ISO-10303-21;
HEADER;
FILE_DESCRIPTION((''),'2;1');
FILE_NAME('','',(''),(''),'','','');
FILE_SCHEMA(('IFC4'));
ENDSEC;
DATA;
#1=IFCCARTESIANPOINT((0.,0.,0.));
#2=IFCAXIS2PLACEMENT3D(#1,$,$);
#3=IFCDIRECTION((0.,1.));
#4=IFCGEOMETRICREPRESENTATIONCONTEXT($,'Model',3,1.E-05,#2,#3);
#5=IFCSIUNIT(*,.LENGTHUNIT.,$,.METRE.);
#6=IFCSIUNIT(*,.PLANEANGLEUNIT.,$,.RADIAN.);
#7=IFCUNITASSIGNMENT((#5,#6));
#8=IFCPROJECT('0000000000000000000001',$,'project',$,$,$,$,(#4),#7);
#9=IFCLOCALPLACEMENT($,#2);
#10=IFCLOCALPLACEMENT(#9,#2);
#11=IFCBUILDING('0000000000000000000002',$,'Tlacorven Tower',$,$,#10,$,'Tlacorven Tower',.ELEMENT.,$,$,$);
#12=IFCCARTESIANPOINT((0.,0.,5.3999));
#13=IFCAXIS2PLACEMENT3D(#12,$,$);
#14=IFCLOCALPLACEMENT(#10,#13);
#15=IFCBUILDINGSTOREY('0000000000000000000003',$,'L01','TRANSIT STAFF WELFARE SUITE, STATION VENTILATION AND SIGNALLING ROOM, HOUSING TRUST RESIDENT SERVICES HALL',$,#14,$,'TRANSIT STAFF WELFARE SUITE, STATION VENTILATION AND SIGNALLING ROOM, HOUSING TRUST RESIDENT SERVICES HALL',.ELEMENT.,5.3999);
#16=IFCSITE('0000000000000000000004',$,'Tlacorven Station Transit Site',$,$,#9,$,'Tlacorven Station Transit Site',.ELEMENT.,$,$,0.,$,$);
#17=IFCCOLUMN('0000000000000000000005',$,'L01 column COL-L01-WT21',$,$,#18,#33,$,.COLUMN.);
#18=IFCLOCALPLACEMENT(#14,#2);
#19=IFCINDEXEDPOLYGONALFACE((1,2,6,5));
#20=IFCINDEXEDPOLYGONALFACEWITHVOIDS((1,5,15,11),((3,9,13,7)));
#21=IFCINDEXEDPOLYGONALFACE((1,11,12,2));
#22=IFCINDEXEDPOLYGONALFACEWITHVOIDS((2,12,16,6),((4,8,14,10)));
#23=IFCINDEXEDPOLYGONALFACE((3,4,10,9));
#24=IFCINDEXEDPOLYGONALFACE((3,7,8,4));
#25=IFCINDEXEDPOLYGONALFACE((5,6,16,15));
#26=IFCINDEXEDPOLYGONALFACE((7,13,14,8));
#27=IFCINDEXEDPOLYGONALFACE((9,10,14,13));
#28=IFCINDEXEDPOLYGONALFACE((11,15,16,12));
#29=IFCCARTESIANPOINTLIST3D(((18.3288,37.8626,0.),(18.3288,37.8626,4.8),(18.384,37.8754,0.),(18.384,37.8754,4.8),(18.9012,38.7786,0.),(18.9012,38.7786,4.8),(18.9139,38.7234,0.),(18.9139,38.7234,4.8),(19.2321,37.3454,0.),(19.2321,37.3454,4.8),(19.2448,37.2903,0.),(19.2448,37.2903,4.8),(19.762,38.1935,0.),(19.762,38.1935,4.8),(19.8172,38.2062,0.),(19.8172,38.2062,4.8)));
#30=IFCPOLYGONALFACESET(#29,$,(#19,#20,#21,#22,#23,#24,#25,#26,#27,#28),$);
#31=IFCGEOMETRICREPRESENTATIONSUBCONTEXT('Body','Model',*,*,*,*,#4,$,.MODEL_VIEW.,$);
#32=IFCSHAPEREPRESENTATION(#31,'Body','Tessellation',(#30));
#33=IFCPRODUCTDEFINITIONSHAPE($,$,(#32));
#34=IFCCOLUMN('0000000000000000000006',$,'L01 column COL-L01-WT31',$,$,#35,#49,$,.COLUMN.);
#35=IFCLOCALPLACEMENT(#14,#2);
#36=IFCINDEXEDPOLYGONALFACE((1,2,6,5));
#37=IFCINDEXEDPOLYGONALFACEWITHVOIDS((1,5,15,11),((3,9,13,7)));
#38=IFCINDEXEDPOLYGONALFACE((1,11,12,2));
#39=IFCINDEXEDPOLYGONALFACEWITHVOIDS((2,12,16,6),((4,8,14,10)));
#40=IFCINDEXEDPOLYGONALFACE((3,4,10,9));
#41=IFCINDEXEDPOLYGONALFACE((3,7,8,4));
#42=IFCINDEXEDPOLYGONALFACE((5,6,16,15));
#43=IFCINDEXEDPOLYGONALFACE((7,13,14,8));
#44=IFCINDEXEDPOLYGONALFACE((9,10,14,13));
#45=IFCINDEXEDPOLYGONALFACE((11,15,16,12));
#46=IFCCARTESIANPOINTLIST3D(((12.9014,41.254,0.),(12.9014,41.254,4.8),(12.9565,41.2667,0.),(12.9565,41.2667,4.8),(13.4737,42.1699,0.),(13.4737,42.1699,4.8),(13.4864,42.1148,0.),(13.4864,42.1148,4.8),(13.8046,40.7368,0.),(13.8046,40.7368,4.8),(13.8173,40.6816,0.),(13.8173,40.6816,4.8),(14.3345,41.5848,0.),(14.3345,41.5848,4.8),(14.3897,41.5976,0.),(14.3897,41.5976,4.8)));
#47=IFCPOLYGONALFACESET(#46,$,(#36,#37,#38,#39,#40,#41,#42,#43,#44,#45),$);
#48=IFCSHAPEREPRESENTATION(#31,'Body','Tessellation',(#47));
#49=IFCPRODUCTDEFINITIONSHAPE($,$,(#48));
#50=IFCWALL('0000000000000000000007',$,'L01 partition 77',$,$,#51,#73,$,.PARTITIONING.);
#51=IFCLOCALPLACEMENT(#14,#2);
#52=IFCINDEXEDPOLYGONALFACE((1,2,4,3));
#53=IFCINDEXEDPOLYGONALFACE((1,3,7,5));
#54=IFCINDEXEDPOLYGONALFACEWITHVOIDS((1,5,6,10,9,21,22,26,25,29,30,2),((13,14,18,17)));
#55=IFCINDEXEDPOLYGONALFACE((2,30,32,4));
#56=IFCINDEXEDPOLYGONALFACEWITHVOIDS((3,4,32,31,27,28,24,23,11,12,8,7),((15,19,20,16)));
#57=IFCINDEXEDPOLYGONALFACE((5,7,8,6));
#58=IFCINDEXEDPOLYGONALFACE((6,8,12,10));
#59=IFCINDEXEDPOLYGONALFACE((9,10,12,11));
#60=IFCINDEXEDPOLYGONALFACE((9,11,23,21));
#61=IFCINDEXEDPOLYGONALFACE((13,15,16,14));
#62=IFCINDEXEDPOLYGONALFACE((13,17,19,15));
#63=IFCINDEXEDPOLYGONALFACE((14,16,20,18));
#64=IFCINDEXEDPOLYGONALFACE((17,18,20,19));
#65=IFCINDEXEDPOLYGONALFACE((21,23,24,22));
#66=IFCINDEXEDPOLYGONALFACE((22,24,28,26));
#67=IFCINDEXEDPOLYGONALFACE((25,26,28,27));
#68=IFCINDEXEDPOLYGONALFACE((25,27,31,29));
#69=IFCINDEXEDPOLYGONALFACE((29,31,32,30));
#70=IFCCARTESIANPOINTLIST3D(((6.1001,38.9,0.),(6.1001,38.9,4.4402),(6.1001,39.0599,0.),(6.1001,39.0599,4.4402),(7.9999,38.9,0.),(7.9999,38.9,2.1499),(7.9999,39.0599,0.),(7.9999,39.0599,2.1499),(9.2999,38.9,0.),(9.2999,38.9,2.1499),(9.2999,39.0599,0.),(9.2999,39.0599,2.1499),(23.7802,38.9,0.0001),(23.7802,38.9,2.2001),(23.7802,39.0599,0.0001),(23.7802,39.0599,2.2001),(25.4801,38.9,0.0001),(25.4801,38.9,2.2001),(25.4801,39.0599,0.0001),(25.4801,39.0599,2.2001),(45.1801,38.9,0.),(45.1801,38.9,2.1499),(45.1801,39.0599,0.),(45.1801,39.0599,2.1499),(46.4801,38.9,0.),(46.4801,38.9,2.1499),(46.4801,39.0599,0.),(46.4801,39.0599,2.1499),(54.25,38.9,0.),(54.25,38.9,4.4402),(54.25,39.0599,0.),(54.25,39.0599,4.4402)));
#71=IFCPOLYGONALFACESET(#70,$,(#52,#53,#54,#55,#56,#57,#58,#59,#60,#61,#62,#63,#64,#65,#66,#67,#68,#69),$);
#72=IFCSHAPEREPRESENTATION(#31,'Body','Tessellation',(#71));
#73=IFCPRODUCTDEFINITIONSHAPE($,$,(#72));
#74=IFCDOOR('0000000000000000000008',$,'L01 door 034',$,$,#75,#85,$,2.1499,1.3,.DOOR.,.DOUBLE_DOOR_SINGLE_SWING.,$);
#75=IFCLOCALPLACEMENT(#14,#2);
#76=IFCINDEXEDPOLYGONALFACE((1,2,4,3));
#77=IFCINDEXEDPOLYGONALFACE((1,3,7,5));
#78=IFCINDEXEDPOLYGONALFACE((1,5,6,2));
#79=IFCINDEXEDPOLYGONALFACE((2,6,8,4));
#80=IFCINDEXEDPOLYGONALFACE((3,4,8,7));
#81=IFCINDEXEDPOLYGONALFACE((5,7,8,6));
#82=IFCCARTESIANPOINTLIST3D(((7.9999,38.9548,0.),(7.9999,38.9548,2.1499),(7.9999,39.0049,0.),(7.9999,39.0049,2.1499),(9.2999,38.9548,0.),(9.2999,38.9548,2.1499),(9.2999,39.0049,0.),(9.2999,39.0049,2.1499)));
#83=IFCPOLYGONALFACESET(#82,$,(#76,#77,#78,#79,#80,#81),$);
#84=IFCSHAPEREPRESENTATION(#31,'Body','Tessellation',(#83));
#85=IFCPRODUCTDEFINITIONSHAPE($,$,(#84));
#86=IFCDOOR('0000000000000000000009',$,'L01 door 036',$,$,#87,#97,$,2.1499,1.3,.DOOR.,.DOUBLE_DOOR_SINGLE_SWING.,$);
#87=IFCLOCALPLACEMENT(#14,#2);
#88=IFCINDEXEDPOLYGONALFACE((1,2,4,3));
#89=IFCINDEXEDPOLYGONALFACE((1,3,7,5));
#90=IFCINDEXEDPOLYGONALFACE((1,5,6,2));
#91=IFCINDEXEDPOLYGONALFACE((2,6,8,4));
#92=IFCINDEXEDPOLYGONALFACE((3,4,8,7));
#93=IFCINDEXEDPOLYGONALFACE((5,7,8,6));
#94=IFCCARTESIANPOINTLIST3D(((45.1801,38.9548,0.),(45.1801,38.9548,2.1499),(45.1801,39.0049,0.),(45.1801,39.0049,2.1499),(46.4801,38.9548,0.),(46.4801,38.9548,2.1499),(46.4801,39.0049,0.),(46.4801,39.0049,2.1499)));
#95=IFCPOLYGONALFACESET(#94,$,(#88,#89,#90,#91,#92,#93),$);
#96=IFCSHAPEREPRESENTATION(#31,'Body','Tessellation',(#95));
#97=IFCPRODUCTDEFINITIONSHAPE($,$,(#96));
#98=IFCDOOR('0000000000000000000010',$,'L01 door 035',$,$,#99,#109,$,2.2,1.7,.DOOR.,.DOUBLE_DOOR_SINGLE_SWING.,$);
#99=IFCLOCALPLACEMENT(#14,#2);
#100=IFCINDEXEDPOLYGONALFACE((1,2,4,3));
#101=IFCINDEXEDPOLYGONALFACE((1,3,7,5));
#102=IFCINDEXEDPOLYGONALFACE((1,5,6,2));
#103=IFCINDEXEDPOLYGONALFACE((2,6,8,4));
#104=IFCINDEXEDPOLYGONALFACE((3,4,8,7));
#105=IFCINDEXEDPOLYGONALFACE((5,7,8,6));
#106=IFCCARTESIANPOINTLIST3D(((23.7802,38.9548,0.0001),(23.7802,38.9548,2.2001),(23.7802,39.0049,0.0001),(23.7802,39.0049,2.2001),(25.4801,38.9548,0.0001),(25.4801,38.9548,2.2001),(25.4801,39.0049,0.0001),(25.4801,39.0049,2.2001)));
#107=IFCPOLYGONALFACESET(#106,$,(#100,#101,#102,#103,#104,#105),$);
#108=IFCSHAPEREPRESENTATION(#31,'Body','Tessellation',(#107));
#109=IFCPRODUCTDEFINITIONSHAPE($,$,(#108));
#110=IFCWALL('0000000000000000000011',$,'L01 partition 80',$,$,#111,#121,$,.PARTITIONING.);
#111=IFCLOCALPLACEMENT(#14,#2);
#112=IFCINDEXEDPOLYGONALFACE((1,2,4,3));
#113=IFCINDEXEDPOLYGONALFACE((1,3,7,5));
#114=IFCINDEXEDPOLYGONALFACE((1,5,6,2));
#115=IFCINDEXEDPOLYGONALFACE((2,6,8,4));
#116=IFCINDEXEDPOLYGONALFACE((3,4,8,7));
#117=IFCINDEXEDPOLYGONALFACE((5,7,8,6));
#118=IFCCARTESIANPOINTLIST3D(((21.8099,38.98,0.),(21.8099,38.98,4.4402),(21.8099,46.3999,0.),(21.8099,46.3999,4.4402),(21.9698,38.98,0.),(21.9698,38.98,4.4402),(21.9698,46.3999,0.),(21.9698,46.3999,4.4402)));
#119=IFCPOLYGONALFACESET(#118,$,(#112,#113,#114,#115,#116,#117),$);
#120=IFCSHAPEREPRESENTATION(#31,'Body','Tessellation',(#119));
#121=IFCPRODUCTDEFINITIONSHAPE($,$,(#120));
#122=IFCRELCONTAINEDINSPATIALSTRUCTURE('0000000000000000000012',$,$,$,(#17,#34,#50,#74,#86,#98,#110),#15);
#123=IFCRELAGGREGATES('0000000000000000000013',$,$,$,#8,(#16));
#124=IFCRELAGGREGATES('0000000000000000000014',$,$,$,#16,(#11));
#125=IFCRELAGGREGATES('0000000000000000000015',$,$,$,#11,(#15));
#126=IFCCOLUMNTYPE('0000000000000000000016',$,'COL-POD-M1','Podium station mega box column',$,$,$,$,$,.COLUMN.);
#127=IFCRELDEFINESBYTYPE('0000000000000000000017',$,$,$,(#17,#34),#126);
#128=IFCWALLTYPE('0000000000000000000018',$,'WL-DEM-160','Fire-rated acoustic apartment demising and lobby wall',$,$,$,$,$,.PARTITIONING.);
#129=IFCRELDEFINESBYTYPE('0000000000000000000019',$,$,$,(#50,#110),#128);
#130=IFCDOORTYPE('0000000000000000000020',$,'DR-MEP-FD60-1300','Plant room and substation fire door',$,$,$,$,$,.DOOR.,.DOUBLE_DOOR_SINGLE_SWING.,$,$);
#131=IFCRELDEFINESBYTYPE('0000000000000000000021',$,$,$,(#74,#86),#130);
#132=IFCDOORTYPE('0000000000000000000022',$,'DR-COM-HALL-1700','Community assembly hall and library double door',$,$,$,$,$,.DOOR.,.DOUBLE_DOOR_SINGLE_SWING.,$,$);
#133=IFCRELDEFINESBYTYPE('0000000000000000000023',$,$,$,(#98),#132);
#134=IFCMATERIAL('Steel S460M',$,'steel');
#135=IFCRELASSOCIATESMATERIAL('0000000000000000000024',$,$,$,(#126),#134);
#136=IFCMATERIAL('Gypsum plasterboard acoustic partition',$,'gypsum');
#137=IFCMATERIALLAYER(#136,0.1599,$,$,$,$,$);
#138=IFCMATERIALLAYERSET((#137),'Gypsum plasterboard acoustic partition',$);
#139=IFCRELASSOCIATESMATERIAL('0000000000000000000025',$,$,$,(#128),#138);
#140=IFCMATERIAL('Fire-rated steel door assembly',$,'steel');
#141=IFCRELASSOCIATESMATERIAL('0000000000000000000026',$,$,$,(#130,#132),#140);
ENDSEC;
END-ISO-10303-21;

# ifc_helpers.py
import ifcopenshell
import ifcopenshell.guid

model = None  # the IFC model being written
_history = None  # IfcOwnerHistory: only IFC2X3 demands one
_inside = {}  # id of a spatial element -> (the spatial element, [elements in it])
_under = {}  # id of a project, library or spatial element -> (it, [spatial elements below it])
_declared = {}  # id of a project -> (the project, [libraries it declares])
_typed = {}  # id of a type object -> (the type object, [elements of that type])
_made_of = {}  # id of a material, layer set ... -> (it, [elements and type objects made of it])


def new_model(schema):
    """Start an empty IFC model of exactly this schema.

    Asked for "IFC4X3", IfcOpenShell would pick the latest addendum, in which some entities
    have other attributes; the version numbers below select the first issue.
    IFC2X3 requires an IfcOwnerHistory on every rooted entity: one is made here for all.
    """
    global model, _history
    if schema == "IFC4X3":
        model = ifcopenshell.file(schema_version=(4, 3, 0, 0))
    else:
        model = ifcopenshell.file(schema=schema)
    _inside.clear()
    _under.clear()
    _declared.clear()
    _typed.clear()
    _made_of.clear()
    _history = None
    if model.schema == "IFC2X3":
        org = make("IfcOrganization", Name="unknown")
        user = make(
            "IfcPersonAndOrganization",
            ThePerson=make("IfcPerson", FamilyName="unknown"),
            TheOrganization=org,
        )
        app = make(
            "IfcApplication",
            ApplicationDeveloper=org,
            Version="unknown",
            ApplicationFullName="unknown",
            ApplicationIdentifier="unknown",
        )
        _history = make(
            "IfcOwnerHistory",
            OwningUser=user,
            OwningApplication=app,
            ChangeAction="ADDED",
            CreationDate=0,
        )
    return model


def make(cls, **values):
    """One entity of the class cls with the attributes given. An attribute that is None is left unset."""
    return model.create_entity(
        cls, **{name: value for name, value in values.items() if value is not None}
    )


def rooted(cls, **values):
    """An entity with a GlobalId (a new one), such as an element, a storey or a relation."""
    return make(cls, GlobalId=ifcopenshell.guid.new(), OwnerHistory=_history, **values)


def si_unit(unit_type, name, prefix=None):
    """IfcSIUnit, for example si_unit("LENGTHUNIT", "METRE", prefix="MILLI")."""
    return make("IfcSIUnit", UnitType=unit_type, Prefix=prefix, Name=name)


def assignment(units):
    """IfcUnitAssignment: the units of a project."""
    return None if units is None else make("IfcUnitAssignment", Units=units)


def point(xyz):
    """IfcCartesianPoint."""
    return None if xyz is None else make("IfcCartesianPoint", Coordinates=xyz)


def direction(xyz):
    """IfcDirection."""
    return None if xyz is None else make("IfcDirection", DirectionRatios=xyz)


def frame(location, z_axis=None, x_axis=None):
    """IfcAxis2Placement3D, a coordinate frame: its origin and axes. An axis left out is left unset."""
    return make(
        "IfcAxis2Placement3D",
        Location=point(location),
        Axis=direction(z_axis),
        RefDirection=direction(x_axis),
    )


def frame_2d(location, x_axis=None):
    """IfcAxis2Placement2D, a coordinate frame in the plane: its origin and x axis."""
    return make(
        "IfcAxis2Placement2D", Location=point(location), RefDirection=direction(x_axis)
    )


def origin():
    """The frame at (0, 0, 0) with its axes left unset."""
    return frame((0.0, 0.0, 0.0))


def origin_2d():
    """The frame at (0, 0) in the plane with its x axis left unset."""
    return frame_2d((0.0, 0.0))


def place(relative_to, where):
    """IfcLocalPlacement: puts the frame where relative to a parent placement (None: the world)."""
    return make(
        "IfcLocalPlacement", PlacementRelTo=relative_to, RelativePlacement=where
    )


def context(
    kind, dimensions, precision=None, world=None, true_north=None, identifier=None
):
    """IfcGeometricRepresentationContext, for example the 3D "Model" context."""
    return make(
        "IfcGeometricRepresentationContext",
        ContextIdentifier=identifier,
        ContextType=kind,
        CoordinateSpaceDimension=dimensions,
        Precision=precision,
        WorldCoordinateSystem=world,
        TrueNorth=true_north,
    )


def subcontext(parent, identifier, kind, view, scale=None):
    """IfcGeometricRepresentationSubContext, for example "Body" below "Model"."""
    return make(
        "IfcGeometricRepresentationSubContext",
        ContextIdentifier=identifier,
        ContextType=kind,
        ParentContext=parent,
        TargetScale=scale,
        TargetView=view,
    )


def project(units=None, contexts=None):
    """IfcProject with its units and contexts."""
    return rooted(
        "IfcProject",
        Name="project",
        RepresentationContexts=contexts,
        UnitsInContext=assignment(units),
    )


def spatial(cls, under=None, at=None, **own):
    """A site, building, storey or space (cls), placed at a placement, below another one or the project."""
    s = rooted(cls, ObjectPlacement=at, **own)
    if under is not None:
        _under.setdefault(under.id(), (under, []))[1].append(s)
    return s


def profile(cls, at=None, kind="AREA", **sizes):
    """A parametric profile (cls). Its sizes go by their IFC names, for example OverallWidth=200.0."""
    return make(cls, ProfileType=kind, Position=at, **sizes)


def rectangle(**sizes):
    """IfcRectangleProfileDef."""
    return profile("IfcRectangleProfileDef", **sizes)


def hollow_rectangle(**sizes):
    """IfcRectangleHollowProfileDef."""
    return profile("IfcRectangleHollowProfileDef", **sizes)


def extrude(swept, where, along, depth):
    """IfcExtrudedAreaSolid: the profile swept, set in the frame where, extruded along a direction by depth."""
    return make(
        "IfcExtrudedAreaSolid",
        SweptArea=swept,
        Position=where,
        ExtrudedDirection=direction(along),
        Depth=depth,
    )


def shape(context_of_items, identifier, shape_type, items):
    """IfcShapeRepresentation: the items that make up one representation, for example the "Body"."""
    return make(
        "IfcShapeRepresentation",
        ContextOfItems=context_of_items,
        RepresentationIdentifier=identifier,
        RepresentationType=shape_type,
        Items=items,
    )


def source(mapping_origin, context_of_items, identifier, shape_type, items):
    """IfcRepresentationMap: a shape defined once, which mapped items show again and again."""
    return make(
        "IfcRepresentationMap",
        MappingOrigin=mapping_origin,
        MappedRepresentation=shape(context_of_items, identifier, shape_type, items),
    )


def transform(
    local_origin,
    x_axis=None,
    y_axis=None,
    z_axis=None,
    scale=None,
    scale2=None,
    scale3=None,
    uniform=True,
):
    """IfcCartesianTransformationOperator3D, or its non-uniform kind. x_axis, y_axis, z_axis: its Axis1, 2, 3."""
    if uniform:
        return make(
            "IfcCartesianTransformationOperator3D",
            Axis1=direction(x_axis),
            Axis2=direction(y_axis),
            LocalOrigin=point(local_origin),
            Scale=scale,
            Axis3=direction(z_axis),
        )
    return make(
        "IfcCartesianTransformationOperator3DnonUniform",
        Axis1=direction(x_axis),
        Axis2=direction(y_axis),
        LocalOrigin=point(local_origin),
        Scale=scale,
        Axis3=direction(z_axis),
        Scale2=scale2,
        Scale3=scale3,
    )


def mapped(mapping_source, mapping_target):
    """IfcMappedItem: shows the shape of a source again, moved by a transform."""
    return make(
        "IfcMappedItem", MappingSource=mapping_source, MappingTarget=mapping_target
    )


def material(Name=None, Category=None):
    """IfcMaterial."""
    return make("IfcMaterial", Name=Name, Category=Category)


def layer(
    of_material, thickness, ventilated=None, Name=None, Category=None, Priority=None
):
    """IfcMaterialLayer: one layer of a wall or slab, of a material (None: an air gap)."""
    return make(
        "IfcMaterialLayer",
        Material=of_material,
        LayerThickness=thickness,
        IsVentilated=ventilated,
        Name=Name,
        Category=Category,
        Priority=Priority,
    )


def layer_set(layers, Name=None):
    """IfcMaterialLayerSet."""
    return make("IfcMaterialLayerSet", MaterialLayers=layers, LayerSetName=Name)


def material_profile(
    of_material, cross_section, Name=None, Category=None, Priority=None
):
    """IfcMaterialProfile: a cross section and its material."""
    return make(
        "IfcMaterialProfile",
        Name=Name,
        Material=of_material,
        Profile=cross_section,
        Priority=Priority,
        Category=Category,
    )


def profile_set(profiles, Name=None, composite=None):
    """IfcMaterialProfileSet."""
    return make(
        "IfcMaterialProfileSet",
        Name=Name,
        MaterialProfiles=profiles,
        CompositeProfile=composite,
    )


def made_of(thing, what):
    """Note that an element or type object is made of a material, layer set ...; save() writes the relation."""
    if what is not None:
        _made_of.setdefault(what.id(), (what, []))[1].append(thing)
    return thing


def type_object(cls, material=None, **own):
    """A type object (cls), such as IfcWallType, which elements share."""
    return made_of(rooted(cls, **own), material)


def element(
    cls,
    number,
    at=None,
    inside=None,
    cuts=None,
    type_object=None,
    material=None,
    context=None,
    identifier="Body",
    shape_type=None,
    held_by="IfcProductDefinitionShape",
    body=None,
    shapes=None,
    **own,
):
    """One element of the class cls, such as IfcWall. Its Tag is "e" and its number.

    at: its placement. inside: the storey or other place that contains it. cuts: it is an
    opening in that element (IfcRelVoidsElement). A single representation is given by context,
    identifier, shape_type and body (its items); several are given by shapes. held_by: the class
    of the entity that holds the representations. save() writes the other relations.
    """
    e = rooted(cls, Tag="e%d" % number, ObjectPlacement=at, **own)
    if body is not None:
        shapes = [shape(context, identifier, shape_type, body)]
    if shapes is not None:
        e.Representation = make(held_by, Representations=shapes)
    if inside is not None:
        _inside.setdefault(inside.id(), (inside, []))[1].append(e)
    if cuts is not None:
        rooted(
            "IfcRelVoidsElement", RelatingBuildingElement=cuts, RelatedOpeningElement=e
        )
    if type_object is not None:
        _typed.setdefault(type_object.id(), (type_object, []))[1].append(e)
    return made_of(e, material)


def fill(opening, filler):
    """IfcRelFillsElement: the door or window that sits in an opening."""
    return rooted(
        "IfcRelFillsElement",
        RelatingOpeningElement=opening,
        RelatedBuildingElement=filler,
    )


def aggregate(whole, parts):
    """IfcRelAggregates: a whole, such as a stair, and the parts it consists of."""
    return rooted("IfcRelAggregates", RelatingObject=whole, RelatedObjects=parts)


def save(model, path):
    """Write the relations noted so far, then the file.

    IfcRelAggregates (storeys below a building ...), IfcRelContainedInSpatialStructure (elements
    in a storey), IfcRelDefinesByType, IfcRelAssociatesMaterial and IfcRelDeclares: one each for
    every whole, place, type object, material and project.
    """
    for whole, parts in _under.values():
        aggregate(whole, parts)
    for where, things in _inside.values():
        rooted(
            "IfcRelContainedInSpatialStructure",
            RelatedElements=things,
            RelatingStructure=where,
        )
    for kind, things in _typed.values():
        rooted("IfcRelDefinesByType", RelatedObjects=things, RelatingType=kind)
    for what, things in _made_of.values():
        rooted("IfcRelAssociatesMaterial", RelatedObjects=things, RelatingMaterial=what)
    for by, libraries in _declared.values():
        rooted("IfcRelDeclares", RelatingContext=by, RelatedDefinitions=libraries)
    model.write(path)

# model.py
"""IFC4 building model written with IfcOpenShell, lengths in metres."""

from ifc_helpers import new_model, si_unit, direction, frame, frame_2d, origin, origin_2d, place, context, subcontext, project, spatial, rectangle, hollow_rectangle, extrude, source, transform, mapped, material, layer, layer_set, material_profile, profile_set, type_object, element, fill, save


model = new_model("IFC4")

# Units and contexts
model_context = context("Model", 3, precision=1e-05, world=origin(), true_north=direction((0.0, 1.0)))
body_context = subcontext(model_context, "Body", "Model", "MODEL_VIEW")
ifc_project = project(units=[si_unit("LENGTHUNIT", "METRE"), si_unit("PLANEANGLEUNIT", "RADIAN")], contexts=[model_context])

# Site, building, storey
site_placement = place(None, origin())
site = spatial("IfcSite", under=ifc_project, at=site_placement, Name="Tlacorven Station Transit Site", LongName="Tlacorven Station Transit Site", CompositionType="ELEMENT", RefElevation=0.0)
building_placement = place(site_placement, origin())
building = spatial("IfcBuilding", under=site, at=building_placement, Name="Tlacorven Tower", LongName="Tlacorven Tower", CompositionType="ELEMENT")
storey_placement = place(building_placement, frame((0.0, 0.0, 5.3999)))
storey = spatial("IfcBuildingStorey", under=building, at=storey_placement, Name="L01", Description="TRANSIT STAFF WELFARE SUITE, STATION VENTILATION AND SIGNALLING ROOM, HOUSING TRUST RESIDENT SERVICES HALL", LongName="TRANSIT STAFF WELFARE SUITE, STATION VENTILATION AND SIGNALLING ROOM, HOUSING TRUST RESIDENT SERVICES HALL", CompositionType="ELEMENT", Elevation=5.3999)

# Columns
ifc_material_1 = material(Name="Steel S460M", Category="steel")
ifc_material_profile = material_profile(ifc_material_1, hollow_rectangle(XDim=1.0801, YDim=1.0801, WallThickness=0.04, at=origin_2d()), Name="BOX 1080X1080X40")
ifc_profile_set = profile_set([ifc_material_profile], Name="Steel S460M")
column_type = type_object("IfcColumnType", Name="COL-POD-M1", Description="Podium station mega box column", PredefinedType="COLUMN", material=ifc_profile_set)
shared_shape_1 = source(origin(), body_context, "Body", "SweptSolid", [
    extrude(hollow_rectangle(XDim=1.0801, YDim=1.0801, WallThickness=0.04, at=origin_2d()), origin(), (0.0, 0.0, 1.0), 4.8),
])
for number, where, z_axis, x_axis, name in (
    (1, (19.073, 38.0344, 0.0), (0.0, 0.0, 1.0), (-0.848048, 0.529919, 0.0), "L01 column COL-L01-WT21"),
    (2, (13.6455, 41.4258, 0.0), (0.0, 0.0, 1.0), (-0.848048, 0.529919, 0.0), "L01 column COL-L01-WT31"),
):
    element("IfcColumn", number, at=place(storey_placement, frame(where, z_axis=z_axis, x_axis=x_axis)), inside=storey, type_object=column_type, Name=name, PredefinedType="COLUMN", context=body_context, shape_type="MappedRepresentation", body=[
        mapped(shared_shape_1, transform((0.0, 0.0, 0.0), scale=1.0)),
    ])

# Wall, openings, doors
ifc_material_2 = material(Name="Gypsum plasterboard acoustic partition", Category="gypsum")
ifc_layer_1 = layer(ifc_material_2, 0.1599)
ifc_layer_set_1 = layer_set([ifc_layer_1], Name="Gypsum plasterboard acoustic partition")
wall_type_1 = type_object("IfcWallType", Name="WL-DEM-160", Description="Fire-rated acoustic apartment demising and lobby wall", PredefinedType="PARTITIONING", material=ifc_layer_set_1)
wall_1_placement = place(storey_placement, frame((6.1001, 38.98, 0.0), z_axis=(0.0, 0.0, 1.0), x_axis=(1.0, 0.0, 0.0)))
wall_1 = element("IfcWall", 3, at=wall_1_placement, inside=storey, type_object=wall_type_1, Name="L01 partition 77", PredefinedType="PARTITIONING", context=body_context, shape_type="SweptSolid", body=[
    extrude(rectangle(XDim=48.1499, YDim=0.1599, at=frame_2d((24.075, 0.0))), origin(), (0.0, 0.0, 1.0), 4.4402),
])
opening_1_placement = place(wall_1_placement, frame((1.8999, 0.0, 0.0)))
opening_1 = element("IfcOpeningElement", 4, at=opening_1_placement, cuts=wall_1, PredefinedType="OPENING", context=body_context, shape_type="SweptSolid", body=[
    extrude(rectangle(XDim=1.3, YDim=2.1499, at=frame_2d((0.6499, 1.075))), frame((0.0, 0.0898, 0.0), z_axis=(0.0, -1.0, 0.0), x_axis=(1.0, 0.0, 0.0)), (0.0, 0.0, 1.0), 0.1799),
])
opening_2_placement = place(wall_1_placement, frame((17.6799, 0.0, 0.0)))
opening_2 = element("IfcOpeningElement", 5, at=opening_2_placement, cuts=wall_1, PredefinedType="OPENING", context=body_context, shape_type="SweptSolid", body=[
    extrude(rectangle(XDim=1.7, YDim=2.2, at=frame_2d((0.8501, 1.1001))), frame((0.0, 0.0898, 0.0), z_axis=(0.0, -1.0, 0.0), x_axis=(1.0, 0.0, 0.0)), (0.0, 0.0, 1.0), 0.1799),
])
opening_3_placement = place(wall_1_placement, frame((39.0801, 0.0, 0.0)))
opening_3 = element("IfcOpeningElement", 6, at=opening_3_placement, cuts=wall_1, PredefinedType="OPENING", context=body_context, shape_type="SweptSolid", body=[
    extrude(rectangle(XDim=1.3, YDim=2.1499, at=frame_2d((0.6499, 1.075))), frame((0.0, 0.0898, 0.0), z_axis=(0.0, -1.0, 0.0), x_axis=(1.0, 0.0, 0.0)), (0.0, 0.0, 1.0), 0.1799),
])
ifc_material_3 = material(Name="Fire-rated steel door assembly", Category="steel")
door_type_1 = type_object("IfcDoorType", Name="DR-MEP-FD60-1300", Description="Plant room and substation fire door", OperationType="DOUBLE_DOOR_SINGLE_SWING", PredefinedType="DOOR", material=ifc_material_3)
shared_shape_2 = source(origin(), body_context, "Body", "SweptSolid", [
    extrude(rectangle(XDim=1.3, YDim=2.1499, at=frame_2d((0.6499, 1.075))), frame((0.0, 0.0249, 0.0), z_axis=(0.0, -1.0, 0.0), x_axis=(1.0, 0.0, 0.0)), (0.0, 0.0, 1.0), 0.05),
])
door_1_placement = place(opening_1_placement, origin())
door_1 = element("IfcDoor", 7, at=door_1_placement, inside=storey, type_object=door_type_1, Name="L01 door 034", OperationType="DOUBLE_DOOR_SINGLE_SWING", OverallHeight=2.1499, OverallWidth=1.3, PredefinedType="DOOR", context=body_context, shape_type="MappedRepresentation", body=[
    mapped(shared_shape_2, transform((0.0, 0.0, 0.0), scale=1.0)),
])
fill(opening_1, door_1)
door_2_placement = place(opening_3_placement, origin())
door_2 = element("IfcDoor", 8, at=door_2_placement, inside=storey, type_object=door_type_1, Name="L01 door 036", OperationType="DOUBLE_DOOR_SINGLE_SWING", OverallHeight=2.1499, OverallWidth=1.3, PredefinedType="DOOR", context=body_context, shape_type="MappedRepresentation", body=[
    mapped(shared_shape_2, transform((0.0, 0.0, 0.0), scale=1.0)),
])
fill(opening_3, door_2)
door_type_2 = type_object("IfcDoorType", Name="DR-COM-HALL-1700", Description="Community assembly hall and library double door", OperationType="DOUBLE_DOOR_SINGLE_SWING", PredefinedType="DOOR", material=ifc_material_3)
shared_shape_3 = source(origin(), body_context, "Body", "SweptSolid", [
    extrude(rectangle(XDim=1.7, YDim=2.2, at=frame_2d((0.8501, 1.1001))), frame((0.0, 0.0249, 0.0), z_axis=(0.0, -1.0, 0.0), x_axis=(1.0, 0.0, 0.0)), (0.0, 0.0, 1.0), 0.05),
])
door_3_placement = place(opening_2_placement, origin())
door_3 = element("IfcDoor", 9, at=door_3_placement, inside=storey, type_object=door_type_2, Name="L01 door 035", OperationType="DOUBLE_DOOR_SINGLE_SWING", OverallHeight=2.2, OverallWidth=1.7, PredefinedType="DOOR", context=body_context, shape_type="MappedRepresentation", body=[
    mapped(shared_shape_3, transform((0.0, 0.0, 0.0), scale=1.0)),
])
fill(opening_2, door_3)

# Wall
wall_2_placement = place(storey_placement, frame((21.8899, 38.98, 0.0), z_axis=(0.0, 0.0, 1.0), x_axis=(0.0, 1.0, 0.0)))
element("IfcWall", 10, at=wall_2_placement, inside=storey, type_object=wall_type_1, Name="L01 partition 80", PredefinedType="PARTITIONING", context=body_context, shape_type="SweptSolid", body=[
    extrude(rectangle(XDim=7.4199, YDim=0.1599, at=frame_2d((3.71, 0.0))), origin(), (0.0, 0.0, 1.0), 4.4402),
])

save(model, "model.ifc")
